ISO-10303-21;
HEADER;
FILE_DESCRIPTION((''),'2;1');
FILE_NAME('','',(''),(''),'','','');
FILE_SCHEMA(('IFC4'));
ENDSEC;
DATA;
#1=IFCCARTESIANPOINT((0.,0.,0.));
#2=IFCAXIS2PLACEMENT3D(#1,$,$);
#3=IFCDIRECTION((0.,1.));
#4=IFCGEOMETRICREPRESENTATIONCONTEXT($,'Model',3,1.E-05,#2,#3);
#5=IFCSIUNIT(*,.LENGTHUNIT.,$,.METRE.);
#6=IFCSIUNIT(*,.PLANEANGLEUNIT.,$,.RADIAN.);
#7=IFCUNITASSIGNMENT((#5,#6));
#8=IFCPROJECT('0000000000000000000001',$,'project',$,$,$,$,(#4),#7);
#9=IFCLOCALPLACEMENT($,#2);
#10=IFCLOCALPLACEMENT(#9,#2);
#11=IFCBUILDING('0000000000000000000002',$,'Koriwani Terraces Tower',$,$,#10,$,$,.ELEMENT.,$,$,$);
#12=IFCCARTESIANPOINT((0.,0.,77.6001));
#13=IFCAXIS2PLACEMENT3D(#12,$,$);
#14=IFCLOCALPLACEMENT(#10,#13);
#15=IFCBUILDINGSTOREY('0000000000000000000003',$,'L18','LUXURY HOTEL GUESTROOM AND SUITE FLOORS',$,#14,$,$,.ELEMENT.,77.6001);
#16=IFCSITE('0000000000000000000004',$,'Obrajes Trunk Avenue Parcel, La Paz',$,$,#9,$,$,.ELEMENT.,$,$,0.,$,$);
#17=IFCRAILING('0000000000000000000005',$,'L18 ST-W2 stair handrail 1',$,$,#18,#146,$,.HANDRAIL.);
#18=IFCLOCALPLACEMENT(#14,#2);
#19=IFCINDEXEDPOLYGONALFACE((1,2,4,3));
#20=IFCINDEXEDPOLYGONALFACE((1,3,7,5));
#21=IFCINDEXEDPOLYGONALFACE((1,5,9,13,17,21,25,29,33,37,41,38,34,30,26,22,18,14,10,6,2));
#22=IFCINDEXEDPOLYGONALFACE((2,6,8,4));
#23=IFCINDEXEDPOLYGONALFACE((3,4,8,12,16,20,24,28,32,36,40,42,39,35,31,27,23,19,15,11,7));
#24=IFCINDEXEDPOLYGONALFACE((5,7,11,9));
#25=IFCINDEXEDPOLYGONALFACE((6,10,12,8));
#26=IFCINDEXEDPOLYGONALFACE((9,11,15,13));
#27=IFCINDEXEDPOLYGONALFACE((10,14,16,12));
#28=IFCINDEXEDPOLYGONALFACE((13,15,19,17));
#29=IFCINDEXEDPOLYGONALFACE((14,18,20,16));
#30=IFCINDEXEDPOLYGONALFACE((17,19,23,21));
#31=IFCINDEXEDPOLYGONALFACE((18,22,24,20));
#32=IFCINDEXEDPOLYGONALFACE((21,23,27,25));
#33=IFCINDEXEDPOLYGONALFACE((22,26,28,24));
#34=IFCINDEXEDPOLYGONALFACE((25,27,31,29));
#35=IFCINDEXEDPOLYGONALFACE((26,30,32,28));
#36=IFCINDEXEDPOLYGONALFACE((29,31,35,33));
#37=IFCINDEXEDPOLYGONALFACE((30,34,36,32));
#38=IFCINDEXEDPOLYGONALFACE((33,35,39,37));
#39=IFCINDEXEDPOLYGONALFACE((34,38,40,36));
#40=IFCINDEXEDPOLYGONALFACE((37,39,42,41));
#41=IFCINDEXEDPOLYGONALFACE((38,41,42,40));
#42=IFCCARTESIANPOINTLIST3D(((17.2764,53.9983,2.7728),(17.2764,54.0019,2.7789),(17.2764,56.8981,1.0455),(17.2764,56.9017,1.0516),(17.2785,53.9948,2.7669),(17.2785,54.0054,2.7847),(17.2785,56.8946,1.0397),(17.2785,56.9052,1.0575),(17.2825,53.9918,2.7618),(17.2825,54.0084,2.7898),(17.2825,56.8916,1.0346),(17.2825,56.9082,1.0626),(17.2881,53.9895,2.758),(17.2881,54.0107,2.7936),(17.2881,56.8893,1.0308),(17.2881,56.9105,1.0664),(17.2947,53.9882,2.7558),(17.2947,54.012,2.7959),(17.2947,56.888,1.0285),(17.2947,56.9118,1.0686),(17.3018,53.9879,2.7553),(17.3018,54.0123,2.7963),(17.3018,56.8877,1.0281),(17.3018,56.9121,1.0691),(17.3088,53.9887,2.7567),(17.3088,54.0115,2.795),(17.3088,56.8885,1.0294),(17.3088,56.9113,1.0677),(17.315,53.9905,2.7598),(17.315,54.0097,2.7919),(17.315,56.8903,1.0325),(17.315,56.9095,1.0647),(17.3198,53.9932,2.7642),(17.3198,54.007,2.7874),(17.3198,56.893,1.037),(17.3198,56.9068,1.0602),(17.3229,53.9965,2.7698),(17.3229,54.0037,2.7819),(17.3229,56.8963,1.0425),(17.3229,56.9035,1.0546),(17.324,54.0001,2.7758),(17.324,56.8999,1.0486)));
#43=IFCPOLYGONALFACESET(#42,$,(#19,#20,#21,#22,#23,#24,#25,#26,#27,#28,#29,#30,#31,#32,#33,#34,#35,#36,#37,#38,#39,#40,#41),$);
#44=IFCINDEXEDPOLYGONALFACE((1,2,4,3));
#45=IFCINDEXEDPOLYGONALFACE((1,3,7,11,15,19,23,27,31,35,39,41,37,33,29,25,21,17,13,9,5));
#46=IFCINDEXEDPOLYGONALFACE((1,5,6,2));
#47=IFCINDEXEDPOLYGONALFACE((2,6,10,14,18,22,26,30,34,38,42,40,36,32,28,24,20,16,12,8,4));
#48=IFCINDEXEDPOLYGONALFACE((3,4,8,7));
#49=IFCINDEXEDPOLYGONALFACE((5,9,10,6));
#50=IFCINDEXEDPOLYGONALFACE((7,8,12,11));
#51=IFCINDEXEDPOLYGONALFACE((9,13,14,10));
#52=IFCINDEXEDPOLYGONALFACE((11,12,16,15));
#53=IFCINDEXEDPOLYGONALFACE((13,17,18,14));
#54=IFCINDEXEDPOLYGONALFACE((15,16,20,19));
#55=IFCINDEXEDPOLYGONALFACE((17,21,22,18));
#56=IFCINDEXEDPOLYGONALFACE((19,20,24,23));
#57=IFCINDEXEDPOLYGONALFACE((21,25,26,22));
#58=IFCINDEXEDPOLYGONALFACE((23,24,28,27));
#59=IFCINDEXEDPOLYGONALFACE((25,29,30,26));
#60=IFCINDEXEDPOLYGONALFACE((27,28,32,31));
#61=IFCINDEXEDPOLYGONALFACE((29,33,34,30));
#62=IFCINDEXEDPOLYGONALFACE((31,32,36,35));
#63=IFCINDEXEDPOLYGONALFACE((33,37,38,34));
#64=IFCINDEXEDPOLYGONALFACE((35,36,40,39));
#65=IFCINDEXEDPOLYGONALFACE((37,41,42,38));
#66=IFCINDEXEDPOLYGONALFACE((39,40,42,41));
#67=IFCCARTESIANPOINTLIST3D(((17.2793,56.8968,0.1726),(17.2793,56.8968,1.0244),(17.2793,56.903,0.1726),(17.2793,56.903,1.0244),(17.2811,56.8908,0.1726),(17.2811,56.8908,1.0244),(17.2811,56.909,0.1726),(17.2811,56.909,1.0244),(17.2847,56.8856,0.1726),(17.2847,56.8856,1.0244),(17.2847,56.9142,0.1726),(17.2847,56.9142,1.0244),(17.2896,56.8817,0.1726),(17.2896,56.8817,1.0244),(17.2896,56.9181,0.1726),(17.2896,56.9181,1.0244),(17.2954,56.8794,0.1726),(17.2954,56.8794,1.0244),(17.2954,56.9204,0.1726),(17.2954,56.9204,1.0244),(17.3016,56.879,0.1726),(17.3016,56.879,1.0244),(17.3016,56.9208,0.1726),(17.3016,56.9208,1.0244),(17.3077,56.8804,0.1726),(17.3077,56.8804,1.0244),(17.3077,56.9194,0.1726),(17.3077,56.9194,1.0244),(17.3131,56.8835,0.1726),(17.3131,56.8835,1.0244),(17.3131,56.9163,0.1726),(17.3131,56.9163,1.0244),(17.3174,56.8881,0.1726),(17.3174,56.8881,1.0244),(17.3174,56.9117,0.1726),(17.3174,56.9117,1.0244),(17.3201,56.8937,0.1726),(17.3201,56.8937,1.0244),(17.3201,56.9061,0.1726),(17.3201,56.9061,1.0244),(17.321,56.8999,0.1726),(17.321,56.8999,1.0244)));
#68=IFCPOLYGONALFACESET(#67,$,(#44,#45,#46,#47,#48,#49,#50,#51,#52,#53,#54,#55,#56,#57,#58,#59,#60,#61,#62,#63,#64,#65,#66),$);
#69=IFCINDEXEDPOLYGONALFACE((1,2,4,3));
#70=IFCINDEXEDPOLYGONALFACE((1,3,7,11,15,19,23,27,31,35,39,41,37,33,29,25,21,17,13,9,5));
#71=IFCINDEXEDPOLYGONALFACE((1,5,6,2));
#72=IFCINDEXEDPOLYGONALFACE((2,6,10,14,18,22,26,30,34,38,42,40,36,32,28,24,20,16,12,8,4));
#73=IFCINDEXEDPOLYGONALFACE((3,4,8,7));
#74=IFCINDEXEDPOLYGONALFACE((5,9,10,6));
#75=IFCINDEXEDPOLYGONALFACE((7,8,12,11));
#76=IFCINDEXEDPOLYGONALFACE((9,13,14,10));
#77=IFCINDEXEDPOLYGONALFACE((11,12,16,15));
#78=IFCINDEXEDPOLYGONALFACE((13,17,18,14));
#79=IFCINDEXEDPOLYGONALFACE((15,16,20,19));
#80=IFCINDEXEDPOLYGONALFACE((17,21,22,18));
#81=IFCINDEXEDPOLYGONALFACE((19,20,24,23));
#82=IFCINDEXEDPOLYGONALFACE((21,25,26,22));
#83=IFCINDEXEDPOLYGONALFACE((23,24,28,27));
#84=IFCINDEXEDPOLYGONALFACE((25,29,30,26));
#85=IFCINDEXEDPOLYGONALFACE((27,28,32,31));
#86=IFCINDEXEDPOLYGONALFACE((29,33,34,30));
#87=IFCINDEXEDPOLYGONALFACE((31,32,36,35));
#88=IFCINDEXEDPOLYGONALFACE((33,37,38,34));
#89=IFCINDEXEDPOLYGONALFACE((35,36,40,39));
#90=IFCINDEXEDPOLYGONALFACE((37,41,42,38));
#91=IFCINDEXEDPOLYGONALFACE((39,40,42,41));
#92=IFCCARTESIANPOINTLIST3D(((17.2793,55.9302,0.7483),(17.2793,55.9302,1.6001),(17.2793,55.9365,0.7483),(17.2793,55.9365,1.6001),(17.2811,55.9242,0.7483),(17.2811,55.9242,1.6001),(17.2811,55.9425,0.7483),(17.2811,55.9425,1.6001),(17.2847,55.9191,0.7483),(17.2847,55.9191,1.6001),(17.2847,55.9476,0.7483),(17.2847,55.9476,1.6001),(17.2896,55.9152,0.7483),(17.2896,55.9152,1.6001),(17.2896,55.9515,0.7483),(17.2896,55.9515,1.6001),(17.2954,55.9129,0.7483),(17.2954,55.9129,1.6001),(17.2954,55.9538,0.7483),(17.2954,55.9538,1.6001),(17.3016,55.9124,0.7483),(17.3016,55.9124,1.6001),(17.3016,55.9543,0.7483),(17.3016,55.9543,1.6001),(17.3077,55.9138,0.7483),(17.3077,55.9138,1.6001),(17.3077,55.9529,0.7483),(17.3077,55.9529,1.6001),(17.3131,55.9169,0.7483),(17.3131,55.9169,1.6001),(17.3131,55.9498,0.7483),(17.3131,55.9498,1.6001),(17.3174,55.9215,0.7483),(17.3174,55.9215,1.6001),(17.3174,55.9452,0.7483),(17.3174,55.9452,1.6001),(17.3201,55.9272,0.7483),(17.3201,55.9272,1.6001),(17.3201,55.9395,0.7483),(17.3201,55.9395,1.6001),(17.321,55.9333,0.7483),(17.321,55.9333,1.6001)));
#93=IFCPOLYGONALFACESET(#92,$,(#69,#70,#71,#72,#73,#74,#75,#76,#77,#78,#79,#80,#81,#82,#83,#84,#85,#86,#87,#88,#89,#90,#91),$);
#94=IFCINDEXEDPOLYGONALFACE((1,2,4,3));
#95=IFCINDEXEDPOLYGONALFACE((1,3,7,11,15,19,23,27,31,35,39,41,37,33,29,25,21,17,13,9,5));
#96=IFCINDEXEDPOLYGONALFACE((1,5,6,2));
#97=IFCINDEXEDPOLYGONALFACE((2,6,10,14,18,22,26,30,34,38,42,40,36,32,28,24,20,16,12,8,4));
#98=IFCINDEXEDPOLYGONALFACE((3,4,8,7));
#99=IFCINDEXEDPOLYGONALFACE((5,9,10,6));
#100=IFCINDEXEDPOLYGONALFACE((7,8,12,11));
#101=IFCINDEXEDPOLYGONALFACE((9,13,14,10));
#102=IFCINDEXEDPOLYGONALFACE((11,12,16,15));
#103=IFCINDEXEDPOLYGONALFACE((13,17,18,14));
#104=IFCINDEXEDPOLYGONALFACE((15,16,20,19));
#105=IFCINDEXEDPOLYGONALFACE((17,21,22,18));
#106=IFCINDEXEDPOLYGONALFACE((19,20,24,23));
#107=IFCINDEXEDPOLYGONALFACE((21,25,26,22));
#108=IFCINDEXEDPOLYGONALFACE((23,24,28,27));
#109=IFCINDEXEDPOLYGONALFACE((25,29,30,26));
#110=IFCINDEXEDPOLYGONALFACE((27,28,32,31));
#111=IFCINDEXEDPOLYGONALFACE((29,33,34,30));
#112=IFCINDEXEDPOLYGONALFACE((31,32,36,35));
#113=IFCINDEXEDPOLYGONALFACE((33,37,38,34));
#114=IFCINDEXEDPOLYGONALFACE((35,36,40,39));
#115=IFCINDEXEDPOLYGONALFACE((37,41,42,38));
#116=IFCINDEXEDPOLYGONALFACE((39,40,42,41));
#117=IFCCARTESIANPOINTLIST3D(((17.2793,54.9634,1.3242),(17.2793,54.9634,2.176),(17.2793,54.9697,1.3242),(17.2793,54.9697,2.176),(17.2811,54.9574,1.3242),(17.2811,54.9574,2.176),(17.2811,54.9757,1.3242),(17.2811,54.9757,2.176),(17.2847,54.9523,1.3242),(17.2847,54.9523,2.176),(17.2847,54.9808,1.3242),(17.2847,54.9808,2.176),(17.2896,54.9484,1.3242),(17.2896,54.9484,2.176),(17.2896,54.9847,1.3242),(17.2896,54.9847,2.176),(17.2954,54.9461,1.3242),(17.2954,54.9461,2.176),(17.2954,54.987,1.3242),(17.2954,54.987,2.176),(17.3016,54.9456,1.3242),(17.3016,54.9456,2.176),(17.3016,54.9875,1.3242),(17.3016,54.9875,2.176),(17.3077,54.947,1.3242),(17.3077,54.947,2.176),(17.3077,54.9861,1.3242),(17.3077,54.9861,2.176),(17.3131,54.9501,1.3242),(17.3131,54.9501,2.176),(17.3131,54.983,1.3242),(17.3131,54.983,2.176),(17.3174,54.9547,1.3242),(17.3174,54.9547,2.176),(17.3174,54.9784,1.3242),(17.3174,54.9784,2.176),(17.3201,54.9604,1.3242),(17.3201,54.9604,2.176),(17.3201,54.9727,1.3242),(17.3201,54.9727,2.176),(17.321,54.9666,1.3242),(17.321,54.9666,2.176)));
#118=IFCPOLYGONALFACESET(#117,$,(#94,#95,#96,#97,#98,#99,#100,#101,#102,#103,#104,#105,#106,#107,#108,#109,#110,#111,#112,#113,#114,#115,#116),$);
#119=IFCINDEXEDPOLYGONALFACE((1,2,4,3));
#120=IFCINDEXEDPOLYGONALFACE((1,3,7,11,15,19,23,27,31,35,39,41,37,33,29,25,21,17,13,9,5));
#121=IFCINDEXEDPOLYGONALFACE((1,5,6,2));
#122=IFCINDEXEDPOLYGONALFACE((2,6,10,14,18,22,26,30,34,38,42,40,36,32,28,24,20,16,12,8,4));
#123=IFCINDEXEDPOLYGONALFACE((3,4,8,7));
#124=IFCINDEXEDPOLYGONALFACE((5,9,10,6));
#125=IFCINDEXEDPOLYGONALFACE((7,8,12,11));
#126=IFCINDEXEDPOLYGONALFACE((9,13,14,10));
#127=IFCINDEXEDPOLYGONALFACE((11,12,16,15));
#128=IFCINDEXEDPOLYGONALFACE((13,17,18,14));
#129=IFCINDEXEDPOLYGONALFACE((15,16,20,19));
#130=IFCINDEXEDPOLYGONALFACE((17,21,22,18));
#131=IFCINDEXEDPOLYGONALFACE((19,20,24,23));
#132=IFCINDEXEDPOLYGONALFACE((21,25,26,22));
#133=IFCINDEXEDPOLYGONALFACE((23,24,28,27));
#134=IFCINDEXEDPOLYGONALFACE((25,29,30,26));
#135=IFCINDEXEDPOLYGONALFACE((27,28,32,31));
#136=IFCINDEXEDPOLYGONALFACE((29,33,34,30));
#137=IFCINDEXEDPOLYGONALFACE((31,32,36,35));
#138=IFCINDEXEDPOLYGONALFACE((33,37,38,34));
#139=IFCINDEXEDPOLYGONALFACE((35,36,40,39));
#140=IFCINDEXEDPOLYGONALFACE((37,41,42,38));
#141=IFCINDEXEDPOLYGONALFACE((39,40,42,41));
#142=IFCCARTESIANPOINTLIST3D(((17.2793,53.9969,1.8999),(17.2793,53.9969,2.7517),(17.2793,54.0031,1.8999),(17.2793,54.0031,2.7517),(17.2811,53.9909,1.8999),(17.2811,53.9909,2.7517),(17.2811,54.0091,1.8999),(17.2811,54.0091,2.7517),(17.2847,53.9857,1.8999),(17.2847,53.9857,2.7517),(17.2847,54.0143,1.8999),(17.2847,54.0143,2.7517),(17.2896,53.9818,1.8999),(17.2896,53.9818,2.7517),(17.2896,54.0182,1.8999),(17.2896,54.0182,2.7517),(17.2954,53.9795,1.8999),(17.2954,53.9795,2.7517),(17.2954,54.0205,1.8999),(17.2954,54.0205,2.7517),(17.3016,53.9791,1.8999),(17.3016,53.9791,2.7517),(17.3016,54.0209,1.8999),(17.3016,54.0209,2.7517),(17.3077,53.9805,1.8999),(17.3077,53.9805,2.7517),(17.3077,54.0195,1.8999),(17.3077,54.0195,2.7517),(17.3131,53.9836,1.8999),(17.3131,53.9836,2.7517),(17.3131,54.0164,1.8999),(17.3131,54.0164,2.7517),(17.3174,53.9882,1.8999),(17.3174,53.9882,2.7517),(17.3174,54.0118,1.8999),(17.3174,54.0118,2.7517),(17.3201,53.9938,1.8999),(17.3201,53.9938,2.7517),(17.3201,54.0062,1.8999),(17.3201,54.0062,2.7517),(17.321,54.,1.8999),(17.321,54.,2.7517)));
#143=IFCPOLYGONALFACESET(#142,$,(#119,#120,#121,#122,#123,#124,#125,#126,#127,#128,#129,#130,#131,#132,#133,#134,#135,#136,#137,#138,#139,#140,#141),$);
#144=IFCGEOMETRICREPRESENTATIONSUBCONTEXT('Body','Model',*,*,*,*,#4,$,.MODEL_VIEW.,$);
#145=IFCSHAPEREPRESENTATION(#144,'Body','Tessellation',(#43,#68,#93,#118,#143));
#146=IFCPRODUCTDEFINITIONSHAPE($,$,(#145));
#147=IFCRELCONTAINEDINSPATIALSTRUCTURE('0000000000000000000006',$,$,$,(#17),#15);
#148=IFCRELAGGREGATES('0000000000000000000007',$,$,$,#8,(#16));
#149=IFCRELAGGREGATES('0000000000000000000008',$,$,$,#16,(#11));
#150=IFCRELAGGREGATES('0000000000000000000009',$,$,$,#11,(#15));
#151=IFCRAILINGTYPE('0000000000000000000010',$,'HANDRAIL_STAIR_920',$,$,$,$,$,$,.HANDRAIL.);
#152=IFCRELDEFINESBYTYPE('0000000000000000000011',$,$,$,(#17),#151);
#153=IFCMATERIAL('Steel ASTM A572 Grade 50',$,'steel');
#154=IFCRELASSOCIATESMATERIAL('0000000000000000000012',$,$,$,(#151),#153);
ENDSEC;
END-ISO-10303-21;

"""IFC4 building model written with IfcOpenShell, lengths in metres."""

from ifc_helpers import new_model, si_unit, direction, frame, origin, origin_2d, place, context, subcontext, project, spatial, circle, extrude, material, type_object, element, save


model = new_model("IFC4")

# Units and contexts
model_context = context("Model", 3, precision=1e-05, world=origin(), true_north=direction((0.0, 1.0)))
body_context = subcontext(model_context, "Body", "Model", "MODEL_VIEW")
ifc_project = project(units=[si_unit("LENGTHUNIT", "METRE"), si_unit("PLANEANGLEUNIT", "RADIAN")], contexts=[model_context])

# Site, building, storey
site_placement = place(None, origin())
site = spatial("IfcSite", under=ifc_project, at=site_placement, Name="Obrajes Trunk Avenue Parcel, La Paz", CompositionType="ELEMENT", RefElevation=0.0)
building_placement = place(site_placement, origin())
building = spatial("IfcBuilding", under=site, at=building_placement, Name="Koriwani Terraces Tower", CompositionType="ELEMENT")
storey_placement = place(building_placement, frame((0.0, 0.0, 77.6001)))
storey = spatial("IfcBuildingStorey", under=building, at=storey_placement, Name="L18", Description="LUXURY HOTEL GUESTROOM AND SUITE FLOORS", CompositionType="ELEMENT", Elevation=77.6001)

# Shared definitions
ifc_material_1 = material(Name="Steel ASTM A572 Grade 50", Category="steel")

# Railing
railing_type_1 = type_object("IfcRailingType", Name="HANDRAIL_STAIR_920", PredefinedType="HANDRAIL", material=ifc_material_1)
railing_1_placement = place(storey_placement, frame((17.3, 56.8999, 0.1726)))
element("IfcRailing", 1, at=railing_1_placement, inside=storey, type_object=railing_type_1, Name="L18 ST-W2 stair handrail 1", PredefinedType="HANDRAIL", context=body_context, shape_type="SweptSolid", body=[
    extrude(circle(Radius=0.0239, at=origin_2d()), frame((0.0, 0.0, 0.876), z_axis=(0.0, -0.859141, 0.511738), x_axis=(1.0, 0.0, 0.0)), (0.0, 0.0, 1.0), 3.3752),
    extrude(circle(Radius=0.021, at=origin_2d()), origin(), (0.0, 0.0, 1.0), 0.8518),
    extrude(circle(Radius=0.021, at=origin_2d()), frame((0.0, -0.9666, 0.5757)), (0.0, 0.0, 1.0), 0.8518),
    extrude(circle(Radius=0.021, at=origin_2d()), frame((0.0, -1.9333, 1.1516)), (0.0, 0.0, 1.0), 0.8518),
    extrude(circle(Radius=0.021, at=origin_2d()), frame((0.0, -2.8999, 1.7273)), (0.0, 0.0, 1.0), 0.8518),
])

save(model, "model.ifc")
